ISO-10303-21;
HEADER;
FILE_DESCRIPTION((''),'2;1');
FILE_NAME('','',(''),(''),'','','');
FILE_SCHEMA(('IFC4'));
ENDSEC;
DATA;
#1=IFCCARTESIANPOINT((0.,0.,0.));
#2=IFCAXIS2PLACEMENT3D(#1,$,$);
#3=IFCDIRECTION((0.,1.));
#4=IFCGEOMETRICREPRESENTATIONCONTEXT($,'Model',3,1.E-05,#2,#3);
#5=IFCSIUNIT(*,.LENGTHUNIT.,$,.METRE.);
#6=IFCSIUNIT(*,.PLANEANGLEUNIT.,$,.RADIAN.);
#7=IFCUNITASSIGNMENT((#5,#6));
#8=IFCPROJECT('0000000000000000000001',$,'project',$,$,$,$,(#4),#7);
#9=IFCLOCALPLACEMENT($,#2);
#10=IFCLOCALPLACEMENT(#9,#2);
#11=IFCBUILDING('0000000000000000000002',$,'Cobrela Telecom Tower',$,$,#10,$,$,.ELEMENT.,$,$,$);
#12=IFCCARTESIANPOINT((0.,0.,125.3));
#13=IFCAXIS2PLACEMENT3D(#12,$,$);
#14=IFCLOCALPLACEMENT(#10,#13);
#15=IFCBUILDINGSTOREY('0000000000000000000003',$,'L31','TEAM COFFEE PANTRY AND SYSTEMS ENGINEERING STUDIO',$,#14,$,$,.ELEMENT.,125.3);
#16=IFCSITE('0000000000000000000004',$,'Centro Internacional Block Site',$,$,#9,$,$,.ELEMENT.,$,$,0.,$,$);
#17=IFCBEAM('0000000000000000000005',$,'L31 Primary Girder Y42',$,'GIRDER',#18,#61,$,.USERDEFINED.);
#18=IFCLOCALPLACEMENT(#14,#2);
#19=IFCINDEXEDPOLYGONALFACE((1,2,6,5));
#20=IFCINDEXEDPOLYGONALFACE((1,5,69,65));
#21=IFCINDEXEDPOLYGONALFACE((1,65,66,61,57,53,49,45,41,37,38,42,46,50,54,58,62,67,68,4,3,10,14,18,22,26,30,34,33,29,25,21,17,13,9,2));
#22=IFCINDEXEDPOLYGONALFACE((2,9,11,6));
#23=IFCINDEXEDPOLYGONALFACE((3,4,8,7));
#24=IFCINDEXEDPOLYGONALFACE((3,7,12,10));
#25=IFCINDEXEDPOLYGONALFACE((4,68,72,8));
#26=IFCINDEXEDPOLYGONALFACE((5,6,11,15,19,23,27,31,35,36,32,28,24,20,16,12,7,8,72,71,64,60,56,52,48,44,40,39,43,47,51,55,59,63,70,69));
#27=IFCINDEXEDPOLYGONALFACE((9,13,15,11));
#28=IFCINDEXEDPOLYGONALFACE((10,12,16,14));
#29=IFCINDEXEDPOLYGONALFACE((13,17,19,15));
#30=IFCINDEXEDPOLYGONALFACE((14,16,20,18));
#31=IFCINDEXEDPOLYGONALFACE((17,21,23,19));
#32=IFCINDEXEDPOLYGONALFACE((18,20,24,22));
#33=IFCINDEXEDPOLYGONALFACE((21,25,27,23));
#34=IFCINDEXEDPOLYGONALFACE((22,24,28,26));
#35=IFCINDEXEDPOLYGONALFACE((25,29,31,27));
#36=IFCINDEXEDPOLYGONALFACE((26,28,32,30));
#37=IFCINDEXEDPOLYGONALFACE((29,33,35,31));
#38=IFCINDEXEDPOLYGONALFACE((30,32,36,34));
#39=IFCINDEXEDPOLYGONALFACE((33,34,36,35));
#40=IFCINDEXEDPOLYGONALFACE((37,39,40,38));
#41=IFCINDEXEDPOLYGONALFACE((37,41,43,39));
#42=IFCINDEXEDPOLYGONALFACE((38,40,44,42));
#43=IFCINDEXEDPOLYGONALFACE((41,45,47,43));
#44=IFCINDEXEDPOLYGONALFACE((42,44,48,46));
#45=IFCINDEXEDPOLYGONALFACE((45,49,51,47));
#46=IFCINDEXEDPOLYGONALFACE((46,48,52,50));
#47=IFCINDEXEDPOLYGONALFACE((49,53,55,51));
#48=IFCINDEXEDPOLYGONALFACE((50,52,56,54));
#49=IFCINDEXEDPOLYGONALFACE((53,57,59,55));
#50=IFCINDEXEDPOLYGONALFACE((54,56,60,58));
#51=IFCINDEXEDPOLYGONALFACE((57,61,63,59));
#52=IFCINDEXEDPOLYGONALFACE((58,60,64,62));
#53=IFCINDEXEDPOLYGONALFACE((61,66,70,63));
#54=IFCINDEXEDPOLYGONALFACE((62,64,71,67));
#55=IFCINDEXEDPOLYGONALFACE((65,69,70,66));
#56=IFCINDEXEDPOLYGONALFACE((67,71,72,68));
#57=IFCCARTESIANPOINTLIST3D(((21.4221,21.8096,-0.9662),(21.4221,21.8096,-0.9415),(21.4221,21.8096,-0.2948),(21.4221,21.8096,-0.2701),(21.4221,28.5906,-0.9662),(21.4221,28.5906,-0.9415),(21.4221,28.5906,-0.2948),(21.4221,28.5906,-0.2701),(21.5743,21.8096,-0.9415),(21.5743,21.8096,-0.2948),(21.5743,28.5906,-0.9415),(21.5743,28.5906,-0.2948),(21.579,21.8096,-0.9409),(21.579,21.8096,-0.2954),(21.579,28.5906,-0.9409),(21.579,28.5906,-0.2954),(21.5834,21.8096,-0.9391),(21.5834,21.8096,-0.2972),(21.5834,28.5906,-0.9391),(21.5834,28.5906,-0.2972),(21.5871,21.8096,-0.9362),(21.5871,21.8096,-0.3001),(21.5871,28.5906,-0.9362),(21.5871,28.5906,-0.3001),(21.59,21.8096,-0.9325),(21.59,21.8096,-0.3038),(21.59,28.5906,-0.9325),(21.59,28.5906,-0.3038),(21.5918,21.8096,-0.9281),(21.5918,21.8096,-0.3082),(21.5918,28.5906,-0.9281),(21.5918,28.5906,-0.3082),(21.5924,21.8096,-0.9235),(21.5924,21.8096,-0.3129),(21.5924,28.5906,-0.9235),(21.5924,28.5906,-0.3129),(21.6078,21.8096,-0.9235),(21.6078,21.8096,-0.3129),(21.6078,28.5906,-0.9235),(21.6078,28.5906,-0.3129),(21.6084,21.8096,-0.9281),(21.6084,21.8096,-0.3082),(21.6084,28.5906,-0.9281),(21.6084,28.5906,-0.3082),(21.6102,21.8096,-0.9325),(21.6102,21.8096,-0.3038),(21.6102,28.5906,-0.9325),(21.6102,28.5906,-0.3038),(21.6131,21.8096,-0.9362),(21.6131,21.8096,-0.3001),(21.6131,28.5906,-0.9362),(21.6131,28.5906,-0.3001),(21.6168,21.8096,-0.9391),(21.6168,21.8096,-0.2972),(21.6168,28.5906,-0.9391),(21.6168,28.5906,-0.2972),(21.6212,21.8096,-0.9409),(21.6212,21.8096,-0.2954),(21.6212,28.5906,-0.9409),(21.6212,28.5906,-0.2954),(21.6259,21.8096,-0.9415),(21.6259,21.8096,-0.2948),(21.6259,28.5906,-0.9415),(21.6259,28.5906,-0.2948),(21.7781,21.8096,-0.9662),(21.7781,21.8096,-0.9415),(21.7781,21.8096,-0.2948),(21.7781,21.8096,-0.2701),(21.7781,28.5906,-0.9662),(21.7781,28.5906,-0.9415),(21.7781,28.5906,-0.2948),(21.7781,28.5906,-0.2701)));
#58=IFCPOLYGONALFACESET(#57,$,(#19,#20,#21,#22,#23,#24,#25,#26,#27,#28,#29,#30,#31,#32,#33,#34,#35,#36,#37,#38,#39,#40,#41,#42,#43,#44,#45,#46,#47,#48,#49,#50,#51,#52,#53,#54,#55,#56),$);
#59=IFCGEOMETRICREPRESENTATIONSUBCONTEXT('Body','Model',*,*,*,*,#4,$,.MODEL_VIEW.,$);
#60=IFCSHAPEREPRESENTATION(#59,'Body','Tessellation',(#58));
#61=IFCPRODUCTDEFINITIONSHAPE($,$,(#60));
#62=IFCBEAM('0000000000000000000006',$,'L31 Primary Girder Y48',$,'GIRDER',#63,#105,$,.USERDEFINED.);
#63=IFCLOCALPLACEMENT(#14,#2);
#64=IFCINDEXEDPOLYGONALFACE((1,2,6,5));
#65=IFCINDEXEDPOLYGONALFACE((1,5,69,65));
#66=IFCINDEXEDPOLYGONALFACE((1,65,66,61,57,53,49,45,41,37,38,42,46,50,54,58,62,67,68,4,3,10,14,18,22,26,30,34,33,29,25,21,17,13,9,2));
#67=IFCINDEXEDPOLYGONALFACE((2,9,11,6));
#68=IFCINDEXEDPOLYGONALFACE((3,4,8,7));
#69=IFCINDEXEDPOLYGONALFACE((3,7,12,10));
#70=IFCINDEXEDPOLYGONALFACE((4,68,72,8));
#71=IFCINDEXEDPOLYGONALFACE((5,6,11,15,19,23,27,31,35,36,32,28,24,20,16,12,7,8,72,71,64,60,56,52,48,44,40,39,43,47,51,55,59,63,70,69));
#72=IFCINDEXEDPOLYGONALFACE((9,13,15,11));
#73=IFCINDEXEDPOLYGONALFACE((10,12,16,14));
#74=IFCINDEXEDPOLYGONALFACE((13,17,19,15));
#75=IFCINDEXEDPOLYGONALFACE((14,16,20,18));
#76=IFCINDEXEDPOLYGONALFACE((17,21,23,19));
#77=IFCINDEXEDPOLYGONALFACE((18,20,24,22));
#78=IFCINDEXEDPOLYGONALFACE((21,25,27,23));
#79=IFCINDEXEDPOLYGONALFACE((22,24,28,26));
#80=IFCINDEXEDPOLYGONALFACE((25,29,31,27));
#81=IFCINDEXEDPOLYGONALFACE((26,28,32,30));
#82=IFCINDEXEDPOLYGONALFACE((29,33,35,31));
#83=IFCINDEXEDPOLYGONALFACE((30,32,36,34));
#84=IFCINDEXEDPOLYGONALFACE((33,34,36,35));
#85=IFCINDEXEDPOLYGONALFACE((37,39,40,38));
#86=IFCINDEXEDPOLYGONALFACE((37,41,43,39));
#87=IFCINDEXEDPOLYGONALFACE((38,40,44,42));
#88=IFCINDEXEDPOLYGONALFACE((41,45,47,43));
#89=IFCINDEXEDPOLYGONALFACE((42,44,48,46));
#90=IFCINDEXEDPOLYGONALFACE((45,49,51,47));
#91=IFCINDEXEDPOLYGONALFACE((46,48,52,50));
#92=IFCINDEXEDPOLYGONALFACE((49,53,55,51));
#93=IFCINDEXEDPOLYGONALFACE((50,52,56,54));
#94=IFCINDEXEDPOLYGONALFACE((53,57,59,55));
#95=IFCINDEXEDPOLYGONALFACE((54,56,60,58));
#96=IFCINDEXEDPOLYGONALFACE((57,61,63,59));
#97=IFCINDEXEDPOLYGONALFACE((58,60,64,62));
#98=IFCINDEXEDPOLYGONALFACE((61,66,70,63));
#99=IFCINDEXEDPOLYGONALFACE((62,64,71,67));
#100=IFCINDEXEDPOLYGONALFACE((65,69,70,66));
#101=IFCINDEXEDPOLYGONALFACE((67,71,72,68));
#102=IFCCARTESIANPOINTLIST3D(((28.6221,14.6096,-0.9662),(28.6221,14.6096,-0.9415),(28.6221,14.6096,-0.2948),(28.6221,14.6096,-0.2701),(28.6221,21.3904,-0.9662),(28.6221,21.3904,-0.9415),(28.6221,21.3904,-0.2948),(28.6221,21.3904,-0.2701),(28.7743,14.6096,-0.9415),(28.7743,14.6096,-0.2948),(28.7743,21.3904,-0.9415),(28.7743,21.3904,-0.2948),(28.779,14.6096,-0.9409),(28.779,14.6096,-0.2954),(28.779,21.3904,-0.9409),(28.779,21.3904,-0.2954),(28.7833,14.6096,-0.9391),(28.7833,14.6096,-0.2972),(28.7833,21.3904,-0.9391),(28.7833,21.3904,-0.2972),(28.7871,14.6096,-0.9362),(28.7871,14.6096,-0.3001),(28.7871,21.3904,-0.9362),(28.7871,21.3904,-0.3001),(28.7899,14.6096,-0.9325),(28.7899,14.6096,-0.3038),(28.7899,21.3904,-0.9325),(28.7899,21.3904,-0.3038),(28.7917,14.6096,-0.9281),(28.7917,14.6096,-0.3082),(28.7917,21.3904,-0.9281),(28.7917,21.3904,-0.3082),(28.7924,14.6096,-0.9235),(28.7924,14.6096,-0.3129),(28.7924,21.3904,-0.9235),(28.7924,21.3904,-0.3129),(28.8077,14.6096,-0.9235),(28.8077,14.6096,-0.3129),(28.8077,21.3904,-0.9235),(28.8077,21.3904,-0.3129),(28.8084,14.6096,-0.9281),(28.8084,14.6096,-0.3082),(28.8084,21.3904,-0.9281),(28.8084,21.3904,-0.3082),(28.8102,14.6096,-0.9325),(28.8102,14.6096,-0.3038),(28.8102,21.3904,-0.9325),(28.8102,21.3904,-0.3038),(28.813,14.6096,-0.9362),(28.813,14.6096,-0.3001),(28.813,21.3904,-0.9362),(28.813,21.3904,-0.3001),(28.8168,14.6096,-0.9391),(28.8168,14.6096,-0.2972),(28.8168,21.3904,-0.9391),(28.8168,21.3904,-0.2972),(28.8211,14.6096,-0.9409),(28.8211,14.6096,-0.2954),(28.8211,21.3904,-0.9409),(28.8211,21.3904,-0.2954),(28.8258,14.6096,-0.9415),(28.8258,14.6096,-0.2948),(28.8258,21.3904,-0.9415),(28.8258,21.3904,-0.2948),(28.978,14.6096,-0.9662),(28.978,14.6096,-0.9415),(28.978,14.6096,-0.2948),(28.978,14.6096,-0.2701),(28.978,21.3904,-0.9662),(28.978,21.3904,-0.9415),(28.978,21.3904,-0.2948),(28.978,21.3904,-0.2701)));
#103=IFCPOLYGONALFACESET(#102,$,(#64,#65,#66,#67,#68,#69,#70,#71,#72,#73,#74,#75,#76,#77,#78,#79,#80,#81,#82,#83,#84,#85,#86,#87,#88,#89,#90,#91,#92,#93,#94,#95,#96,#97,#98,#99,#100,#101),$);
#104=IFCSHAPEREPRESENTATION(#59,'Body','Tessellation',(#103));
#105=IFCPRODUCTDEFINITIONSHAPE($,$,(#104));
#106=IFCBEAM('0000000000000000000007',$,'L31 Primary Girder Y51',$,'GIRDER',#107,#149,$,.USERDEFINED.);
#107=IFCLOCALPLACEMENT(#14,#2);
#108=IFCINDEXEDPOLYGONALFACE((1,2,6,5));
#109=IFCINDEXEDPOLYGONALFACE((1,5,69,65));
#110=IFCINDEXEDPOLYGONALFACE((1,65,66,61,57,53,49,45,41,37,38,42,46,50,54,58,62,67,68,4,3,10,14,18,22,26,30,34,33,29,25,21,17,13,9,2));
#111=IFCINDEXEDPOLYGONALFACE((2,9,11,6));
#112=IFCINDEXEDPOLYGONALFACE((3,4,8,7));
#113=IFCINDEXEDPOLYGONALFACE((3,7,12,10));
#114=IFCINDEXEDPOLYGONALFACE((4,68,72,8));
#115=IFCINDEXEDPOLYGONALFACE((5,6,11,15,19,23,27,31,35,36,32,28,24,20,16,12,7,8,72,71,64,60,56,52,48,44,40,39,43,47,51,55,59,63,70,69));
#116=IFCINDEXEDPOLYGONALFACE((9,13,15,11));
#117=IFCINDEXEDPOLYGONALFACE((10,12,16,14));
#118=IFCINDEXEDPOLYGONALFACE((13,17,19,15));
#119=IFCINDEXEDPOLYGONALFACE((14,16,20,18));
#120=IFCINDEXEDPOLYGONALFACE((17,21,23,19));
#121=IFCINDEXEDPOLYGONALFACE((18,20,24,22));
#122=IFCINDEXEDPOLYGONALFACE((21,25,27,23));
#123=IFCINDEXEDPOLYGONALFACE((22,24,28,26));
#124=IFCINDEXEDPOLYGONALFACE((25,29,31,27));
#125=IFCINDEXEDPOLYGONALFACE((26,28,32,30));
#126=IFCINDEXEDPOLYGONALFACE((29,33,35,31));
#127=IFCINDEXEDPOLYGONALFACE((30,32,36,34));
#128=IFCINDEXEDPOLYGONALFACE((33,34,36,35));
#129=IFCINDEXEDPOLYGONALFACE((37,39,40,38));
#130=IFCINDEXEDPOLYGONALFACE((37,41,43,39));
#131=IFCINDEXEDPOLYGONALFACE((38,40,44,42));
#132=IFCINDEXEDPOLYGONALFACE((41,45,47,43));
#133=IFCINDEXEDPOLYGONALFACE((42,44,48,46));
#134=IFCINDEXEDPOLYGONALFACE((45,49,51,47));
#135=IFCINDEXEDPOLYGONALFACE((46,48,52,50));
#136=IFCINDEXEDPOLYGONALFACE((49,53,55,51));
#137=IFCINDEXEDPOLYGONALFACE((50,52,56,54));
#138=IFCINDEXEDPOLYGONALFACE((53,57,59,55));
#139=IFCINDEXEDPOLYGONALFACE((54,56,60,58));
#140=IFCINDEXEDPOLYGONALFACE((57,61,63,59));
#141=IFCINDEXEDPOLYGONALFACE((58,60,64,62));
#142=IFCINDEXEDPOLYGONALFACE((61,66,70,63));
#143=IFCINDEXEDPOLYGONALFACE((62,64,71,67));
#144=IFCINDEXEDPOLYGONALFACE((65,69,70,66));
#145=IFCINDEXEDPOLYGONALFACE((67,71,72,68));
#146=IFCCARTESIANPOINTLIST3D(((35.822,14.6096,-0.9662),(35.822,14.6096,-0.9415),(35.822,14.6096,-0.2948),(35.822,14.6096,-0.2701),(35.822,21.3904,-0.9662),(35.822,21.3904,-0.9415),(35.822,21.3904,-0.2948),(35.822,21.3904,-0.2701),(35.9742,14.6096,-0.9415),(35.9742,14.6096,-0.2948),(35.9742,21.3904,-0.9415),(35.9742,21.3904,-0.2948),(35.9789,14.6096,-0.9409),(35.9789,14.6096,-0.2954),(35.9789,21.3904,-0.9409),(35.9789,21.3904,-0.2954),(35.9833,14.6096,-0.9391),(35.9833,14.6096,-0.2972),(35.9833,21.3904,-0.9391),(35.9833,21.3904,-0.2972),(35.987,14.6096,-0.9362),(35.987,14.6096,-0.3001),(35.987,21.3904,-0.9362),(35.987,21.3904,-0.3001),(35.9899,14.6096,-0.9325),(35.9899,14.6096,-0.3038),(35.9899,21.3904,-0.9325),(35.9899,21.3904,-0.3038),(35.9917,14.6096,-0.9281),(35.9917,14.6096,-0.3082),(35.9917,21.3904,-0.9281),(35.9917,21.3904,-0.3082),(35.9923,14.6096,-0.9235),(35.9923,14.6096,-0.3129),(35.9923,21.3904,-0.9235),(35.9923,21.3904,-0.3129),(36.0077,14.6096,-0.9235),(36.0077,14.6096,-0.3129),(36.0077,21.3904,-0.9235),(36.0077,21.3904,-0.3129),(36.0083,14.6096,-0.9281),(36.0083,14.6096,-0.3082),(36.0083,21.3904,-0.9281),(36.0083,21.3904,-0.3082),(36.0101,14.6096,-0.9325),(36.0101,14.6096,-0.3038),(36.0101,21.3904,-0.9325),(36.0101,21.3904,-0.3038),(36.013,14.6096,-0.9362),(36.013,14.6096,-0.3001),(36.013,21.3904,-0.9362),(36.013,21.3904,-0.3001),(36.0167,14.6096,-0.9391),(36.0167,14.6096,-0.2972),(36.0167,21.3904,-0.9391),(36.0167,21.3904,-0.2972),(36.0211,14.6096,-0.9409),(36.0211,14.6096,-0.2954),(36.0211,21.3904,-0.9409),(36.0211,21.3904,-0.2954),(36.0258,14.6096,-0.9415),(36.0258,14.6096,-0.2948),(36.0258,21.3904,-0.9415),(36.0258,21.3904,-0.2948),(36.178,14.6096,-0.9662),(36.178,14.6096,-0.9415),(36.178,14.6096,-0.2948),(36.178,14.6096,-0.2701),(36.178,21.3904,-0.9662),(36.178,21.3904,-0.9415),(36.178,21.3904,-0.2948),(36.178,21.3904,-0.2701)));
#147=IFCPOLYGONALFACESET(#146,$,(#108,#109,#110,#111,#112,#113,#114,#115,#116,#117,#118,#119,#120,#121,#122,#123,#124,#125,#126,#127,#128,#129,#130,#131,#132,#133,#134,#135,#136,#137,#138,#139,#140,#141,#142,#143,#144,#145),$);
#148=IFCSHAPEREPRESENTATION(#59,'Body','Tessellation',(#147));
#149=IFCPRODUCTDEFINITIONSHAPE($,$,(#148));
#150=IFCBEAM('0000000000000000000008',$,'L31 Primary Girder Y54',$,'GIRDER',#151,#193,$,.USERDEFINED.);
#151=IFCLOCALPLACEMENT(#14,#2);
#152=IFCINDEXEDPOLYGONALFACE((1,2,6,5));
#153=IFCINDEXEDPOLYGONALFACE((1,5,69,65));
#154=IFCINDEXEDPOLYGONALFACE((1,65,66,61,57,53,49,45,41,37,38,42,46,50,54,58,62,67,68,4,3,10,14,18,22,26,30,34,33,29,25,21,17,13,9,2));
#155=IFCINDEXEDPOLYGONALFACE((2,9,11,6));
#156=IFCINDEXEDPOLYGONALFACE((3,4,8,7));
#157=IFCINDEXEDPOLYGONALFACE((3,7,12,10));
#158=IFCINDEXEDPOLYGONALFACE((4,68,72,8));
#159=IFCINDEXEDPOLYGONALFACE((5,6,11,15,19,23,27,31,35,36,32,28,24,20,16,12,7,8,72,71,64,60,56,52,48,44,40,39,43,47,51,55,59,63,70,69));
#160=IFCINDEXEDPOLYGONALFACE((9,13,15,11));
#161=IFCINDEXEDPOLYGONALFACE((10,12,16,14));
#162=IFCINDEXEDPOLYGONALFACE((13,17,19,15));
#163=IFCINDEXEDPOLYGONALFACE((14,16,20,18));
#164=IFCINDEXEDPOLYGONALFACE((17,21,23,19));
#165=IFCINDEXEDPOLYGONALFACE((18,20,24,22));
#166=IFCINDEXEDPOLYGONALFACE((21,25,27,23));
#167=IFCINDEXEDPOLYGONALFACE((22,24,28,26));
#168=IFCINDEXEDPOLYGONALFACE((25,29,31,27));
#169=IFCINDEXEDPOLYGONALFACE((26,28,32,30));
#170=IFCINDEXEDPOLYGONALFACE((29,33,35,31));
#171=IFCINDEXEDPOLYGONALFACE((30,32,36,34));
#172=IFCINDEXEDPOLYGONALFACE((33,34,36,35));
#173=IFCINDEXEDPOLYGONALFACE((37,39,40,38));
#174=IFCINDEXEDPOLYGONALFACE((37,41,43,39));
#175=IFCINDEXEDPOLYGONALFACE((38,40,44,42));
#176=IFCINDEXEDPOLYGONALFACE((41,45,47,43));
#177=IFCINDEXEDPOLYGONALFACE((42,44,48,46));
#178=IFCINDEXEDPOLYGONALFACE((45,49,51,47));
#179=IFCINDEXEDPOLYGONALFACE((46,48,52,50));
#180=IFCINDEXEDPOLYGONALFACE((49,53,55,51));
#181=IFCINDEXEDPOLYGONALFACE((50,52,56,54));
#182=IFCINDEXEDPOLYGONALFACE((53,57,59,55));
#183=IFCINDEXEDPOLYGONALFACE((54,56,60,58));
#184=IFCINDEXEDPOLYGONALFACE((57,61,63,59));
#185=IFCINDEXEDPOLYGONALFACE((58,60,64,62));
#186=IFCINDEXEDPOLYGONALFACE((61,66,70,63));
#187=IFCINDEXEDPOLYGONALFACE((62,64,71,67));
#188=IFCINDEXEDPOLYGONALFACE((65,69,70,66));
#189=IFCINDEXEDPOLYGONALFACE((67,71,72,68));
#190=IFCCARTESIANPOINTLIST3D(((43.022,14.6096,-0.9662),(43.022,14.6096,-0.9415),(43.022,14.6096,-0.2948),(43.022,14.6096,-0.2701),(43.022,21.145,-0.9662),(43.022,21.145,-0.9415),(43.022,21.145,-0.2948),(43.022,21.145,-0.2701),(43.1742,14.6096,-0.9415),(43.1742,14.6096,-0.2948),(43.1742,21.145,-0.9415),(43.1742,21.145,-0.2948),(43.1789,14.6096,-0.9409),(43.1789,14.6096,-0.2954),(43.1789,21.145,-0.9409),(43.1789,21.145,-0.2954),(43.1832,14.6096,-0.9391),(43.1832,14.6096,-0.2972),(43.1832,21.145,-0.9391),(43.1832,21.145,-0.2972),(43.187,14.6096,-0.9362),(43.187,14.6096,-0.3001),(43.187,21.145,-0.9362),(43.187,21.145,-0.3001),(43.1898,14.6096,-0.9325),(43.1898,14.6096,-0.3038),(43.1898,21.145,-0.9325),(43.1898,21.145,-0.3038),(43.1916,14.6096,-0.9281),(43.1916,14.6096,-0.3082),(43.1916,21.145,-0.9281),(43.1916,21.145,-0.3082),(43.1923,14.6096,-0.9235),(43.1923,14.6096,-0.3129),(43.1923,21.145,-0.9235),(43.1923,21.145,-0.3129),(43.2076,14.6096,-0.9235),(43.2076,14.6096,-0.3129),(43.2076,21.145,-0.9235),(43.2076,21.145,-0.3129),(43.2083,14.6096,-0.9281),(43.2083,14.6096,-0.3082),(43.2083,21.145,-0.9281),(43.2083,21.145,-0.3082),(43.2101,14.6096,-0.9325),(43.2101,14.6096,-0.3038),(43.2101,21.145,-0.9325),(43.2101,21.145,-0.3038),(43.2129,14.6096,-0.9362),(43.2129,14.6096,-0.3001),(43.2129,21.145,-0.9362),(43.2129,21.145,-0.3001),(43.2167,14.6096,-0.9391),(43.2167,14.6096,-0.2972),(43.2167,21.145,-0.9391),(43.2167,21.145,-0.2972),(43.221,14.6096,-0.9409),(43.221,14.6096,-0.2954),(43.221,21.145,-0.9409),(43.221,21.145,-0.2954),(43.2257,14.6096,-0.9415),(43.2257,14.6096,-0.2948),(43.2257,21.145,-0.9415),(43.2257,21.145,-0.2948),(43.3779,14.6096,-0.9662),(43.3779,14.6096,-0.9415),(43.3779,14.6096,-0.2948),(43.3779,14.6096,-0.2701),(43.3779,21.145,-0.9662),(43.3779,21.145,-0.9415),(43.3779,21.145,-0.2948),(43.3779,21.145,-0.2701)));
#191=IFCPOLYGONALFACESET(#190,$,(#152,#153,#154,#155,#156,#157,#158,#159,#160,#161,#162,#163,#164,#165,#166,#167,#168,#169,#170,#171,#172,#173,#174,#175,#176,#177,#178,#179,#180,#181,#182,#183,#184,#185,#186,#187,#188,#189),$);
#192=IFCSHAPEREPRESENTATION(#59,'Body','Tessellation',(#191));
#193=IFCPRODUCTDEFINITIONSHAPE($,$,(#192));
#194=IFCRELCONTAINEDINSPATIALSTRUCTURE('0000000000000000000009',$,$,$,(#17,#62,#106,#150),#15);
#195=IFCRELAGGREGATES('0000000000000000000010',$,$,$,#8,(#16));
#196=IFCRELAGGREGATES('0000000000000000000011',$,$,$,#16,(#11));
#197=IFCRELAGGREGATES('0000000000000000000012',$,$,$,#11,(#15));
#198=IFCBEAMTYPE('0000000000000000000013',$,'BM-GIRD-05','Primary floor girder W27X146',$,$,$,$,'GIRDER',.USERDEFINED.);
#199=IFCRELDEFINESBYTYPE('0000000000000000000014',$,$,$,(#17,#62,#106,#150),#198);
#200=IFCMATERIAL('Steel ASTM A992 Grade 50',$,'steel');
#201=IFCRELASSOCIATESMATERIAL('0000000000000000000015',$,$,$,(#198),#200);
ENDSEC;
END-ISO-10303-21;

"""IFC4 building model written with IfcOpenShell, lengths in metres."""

from ifc_helpers import new_model, si_unit, direction, frame, origin, origin_2d, place, context, subcontext, project, spatial, i_section, extrude, material, material_profile, profile_set, type_object, element, save


model = new_model("IFC4")

# Units and contexts
model_context = context("Model", 3, precision=1e-05, world=origin(), true_north=direction((0.0, 1.0)))
body_context = subcontext(model_context, "Body", "Model", "MODEL_VIEW")
ifc_project = project(units=[si_unit("LENGTHUNIT", "METRE"), si_unit("PLANEANGLEUNIT", "RADIAN")], contexts=[model_context])

# Site, building, storey
site_placement = place(None, origin())
site = spatial("IfcSite", under=ifc_project, at=site_placement, Name="Centro Internacional Block Site", CompositionType="ELEMENT", RefElevation=0.0)
building_placement = place(site_placement, origin())
building = spatial("IfcBuilding", under=site, at=building_placement, Name="Cobrela Telecom Tower", CompositionType="ELEMENT")
storey_placement = place(building_placement, frame((0.0, 0.0, 125.3)))
storey = spatial("IfcBuildingStorey", under=building, at=storey_placement, Name="L31", Description="TEAM COFFEE PANTRY AND SYSTEMS ENGINEERING STUDIO", CompositionType="ELEMENT", Elevation=125.3)

# Shared definitions
ifc_material_1 = material(Name="Steel ASTM A992 Grade 50", Category="steel")

# Beams
ifc_material_profile_1 = material_profile(ifc_material_1, i_section(OverallWidth=0.356, OverallDepth=0.696, WebThickness=0.0154, FlangeThickness=0.0247, FilletRadius=0.0181, at=origin_2d()), Name="W27X146")
ifc_profile_set_1 = profile_set([ifc_material_profile_1], Name="Steel ASTM A992 Grade 50")
beam_type_1 = type_object("IfcBeamType", Name="BM-GIRD-05", Description="Primary floor girder W27X146", ElementType="GIRDER", PredefinedType="USERDEFINED", material=ifc_profile_set_1)
beam_1_placement = place(storey_placement, frame((21.6001, 21.8096, -0.6182), z_axis=(0.0, 1.0, 0.0), x_axis=(-1.0, 0.0, 0.0)))
element("IfcBeam", 1, at=beam_1_placement, inside=storey, type_object=beam_type_1, Name="L31 Primary Girder Y42", ObjectType="GIRDER", PredefinedType="USERDEFINED", context=body_context, shape_type="SweptSolid", body=[
    extrude(i_section(OverallWidth=0.356, OverallDepth=0.696, WebThickness=0.0154, FlangeThickness=0.0247, FilletRadius=0.0181, at=origin_2d()), origin(), (0.0, 0.0, 1.0), 6.781),
])
for number, where, z_axis, x_axis, name in (
    (2, (28.8, 14.6096, -0.6182), (0.0, 1.0, 0.0), (-1.0, 0.0, 0.0), "L31 Primary Girder Y48"),
    (3, (36.0, 14.6096, -0.6182), (0.0, 1.0, 0.0), (-1.0, 0.0, 0.0), "L31 Primary Girder Y51"),
):
    element("IfcBeam", number, at=place(storey_placement, frame(where, z_axis=z_axis, x_axis=x_axis)), inside=storey, type_object=beam_type_1, Name=name, ObjectType="GIRDER", PredefinedType="USERDEFINED", context=body_context, shape_type="SweptSolid", body=[
        extrude(i_section(OverallWidth=0.356, OverallDepth=0.696, WebThickness=0.0154, FlangeThickness=0.0247, FilletRadius=0.0181, at=origin_2d()), origin(), (0.0, 0.0, 1.0), 6.7808),
    ])
beam_2_placement = place(storey_placement, frame((43.2, 14.6096, -0.6182), z_axis=(0.0, 1.0, 0.0), x_axis=(-1.0, 0.0, 0.0)))
element("IfcBeam", 4, at=beam_2_placement, inside=storey, type_object=beam_type_1, Name="L31 Primary Girder Y54", ObjectType="GIRDER", PredefinedType="USERDEFINED", context=body_context, shape_type="SweptSolid", body=[
    extrude(i_section(OverallWidth=0.356, OverallDepth=0.696, WebThickness=0.0154, FlangeThickness=0.0247, FilletRadius=0.0181, at=origin_2d()), origin(), (0.0, 0.0, 1.0), 6.5354),
])

save(model, "model.ifc")
